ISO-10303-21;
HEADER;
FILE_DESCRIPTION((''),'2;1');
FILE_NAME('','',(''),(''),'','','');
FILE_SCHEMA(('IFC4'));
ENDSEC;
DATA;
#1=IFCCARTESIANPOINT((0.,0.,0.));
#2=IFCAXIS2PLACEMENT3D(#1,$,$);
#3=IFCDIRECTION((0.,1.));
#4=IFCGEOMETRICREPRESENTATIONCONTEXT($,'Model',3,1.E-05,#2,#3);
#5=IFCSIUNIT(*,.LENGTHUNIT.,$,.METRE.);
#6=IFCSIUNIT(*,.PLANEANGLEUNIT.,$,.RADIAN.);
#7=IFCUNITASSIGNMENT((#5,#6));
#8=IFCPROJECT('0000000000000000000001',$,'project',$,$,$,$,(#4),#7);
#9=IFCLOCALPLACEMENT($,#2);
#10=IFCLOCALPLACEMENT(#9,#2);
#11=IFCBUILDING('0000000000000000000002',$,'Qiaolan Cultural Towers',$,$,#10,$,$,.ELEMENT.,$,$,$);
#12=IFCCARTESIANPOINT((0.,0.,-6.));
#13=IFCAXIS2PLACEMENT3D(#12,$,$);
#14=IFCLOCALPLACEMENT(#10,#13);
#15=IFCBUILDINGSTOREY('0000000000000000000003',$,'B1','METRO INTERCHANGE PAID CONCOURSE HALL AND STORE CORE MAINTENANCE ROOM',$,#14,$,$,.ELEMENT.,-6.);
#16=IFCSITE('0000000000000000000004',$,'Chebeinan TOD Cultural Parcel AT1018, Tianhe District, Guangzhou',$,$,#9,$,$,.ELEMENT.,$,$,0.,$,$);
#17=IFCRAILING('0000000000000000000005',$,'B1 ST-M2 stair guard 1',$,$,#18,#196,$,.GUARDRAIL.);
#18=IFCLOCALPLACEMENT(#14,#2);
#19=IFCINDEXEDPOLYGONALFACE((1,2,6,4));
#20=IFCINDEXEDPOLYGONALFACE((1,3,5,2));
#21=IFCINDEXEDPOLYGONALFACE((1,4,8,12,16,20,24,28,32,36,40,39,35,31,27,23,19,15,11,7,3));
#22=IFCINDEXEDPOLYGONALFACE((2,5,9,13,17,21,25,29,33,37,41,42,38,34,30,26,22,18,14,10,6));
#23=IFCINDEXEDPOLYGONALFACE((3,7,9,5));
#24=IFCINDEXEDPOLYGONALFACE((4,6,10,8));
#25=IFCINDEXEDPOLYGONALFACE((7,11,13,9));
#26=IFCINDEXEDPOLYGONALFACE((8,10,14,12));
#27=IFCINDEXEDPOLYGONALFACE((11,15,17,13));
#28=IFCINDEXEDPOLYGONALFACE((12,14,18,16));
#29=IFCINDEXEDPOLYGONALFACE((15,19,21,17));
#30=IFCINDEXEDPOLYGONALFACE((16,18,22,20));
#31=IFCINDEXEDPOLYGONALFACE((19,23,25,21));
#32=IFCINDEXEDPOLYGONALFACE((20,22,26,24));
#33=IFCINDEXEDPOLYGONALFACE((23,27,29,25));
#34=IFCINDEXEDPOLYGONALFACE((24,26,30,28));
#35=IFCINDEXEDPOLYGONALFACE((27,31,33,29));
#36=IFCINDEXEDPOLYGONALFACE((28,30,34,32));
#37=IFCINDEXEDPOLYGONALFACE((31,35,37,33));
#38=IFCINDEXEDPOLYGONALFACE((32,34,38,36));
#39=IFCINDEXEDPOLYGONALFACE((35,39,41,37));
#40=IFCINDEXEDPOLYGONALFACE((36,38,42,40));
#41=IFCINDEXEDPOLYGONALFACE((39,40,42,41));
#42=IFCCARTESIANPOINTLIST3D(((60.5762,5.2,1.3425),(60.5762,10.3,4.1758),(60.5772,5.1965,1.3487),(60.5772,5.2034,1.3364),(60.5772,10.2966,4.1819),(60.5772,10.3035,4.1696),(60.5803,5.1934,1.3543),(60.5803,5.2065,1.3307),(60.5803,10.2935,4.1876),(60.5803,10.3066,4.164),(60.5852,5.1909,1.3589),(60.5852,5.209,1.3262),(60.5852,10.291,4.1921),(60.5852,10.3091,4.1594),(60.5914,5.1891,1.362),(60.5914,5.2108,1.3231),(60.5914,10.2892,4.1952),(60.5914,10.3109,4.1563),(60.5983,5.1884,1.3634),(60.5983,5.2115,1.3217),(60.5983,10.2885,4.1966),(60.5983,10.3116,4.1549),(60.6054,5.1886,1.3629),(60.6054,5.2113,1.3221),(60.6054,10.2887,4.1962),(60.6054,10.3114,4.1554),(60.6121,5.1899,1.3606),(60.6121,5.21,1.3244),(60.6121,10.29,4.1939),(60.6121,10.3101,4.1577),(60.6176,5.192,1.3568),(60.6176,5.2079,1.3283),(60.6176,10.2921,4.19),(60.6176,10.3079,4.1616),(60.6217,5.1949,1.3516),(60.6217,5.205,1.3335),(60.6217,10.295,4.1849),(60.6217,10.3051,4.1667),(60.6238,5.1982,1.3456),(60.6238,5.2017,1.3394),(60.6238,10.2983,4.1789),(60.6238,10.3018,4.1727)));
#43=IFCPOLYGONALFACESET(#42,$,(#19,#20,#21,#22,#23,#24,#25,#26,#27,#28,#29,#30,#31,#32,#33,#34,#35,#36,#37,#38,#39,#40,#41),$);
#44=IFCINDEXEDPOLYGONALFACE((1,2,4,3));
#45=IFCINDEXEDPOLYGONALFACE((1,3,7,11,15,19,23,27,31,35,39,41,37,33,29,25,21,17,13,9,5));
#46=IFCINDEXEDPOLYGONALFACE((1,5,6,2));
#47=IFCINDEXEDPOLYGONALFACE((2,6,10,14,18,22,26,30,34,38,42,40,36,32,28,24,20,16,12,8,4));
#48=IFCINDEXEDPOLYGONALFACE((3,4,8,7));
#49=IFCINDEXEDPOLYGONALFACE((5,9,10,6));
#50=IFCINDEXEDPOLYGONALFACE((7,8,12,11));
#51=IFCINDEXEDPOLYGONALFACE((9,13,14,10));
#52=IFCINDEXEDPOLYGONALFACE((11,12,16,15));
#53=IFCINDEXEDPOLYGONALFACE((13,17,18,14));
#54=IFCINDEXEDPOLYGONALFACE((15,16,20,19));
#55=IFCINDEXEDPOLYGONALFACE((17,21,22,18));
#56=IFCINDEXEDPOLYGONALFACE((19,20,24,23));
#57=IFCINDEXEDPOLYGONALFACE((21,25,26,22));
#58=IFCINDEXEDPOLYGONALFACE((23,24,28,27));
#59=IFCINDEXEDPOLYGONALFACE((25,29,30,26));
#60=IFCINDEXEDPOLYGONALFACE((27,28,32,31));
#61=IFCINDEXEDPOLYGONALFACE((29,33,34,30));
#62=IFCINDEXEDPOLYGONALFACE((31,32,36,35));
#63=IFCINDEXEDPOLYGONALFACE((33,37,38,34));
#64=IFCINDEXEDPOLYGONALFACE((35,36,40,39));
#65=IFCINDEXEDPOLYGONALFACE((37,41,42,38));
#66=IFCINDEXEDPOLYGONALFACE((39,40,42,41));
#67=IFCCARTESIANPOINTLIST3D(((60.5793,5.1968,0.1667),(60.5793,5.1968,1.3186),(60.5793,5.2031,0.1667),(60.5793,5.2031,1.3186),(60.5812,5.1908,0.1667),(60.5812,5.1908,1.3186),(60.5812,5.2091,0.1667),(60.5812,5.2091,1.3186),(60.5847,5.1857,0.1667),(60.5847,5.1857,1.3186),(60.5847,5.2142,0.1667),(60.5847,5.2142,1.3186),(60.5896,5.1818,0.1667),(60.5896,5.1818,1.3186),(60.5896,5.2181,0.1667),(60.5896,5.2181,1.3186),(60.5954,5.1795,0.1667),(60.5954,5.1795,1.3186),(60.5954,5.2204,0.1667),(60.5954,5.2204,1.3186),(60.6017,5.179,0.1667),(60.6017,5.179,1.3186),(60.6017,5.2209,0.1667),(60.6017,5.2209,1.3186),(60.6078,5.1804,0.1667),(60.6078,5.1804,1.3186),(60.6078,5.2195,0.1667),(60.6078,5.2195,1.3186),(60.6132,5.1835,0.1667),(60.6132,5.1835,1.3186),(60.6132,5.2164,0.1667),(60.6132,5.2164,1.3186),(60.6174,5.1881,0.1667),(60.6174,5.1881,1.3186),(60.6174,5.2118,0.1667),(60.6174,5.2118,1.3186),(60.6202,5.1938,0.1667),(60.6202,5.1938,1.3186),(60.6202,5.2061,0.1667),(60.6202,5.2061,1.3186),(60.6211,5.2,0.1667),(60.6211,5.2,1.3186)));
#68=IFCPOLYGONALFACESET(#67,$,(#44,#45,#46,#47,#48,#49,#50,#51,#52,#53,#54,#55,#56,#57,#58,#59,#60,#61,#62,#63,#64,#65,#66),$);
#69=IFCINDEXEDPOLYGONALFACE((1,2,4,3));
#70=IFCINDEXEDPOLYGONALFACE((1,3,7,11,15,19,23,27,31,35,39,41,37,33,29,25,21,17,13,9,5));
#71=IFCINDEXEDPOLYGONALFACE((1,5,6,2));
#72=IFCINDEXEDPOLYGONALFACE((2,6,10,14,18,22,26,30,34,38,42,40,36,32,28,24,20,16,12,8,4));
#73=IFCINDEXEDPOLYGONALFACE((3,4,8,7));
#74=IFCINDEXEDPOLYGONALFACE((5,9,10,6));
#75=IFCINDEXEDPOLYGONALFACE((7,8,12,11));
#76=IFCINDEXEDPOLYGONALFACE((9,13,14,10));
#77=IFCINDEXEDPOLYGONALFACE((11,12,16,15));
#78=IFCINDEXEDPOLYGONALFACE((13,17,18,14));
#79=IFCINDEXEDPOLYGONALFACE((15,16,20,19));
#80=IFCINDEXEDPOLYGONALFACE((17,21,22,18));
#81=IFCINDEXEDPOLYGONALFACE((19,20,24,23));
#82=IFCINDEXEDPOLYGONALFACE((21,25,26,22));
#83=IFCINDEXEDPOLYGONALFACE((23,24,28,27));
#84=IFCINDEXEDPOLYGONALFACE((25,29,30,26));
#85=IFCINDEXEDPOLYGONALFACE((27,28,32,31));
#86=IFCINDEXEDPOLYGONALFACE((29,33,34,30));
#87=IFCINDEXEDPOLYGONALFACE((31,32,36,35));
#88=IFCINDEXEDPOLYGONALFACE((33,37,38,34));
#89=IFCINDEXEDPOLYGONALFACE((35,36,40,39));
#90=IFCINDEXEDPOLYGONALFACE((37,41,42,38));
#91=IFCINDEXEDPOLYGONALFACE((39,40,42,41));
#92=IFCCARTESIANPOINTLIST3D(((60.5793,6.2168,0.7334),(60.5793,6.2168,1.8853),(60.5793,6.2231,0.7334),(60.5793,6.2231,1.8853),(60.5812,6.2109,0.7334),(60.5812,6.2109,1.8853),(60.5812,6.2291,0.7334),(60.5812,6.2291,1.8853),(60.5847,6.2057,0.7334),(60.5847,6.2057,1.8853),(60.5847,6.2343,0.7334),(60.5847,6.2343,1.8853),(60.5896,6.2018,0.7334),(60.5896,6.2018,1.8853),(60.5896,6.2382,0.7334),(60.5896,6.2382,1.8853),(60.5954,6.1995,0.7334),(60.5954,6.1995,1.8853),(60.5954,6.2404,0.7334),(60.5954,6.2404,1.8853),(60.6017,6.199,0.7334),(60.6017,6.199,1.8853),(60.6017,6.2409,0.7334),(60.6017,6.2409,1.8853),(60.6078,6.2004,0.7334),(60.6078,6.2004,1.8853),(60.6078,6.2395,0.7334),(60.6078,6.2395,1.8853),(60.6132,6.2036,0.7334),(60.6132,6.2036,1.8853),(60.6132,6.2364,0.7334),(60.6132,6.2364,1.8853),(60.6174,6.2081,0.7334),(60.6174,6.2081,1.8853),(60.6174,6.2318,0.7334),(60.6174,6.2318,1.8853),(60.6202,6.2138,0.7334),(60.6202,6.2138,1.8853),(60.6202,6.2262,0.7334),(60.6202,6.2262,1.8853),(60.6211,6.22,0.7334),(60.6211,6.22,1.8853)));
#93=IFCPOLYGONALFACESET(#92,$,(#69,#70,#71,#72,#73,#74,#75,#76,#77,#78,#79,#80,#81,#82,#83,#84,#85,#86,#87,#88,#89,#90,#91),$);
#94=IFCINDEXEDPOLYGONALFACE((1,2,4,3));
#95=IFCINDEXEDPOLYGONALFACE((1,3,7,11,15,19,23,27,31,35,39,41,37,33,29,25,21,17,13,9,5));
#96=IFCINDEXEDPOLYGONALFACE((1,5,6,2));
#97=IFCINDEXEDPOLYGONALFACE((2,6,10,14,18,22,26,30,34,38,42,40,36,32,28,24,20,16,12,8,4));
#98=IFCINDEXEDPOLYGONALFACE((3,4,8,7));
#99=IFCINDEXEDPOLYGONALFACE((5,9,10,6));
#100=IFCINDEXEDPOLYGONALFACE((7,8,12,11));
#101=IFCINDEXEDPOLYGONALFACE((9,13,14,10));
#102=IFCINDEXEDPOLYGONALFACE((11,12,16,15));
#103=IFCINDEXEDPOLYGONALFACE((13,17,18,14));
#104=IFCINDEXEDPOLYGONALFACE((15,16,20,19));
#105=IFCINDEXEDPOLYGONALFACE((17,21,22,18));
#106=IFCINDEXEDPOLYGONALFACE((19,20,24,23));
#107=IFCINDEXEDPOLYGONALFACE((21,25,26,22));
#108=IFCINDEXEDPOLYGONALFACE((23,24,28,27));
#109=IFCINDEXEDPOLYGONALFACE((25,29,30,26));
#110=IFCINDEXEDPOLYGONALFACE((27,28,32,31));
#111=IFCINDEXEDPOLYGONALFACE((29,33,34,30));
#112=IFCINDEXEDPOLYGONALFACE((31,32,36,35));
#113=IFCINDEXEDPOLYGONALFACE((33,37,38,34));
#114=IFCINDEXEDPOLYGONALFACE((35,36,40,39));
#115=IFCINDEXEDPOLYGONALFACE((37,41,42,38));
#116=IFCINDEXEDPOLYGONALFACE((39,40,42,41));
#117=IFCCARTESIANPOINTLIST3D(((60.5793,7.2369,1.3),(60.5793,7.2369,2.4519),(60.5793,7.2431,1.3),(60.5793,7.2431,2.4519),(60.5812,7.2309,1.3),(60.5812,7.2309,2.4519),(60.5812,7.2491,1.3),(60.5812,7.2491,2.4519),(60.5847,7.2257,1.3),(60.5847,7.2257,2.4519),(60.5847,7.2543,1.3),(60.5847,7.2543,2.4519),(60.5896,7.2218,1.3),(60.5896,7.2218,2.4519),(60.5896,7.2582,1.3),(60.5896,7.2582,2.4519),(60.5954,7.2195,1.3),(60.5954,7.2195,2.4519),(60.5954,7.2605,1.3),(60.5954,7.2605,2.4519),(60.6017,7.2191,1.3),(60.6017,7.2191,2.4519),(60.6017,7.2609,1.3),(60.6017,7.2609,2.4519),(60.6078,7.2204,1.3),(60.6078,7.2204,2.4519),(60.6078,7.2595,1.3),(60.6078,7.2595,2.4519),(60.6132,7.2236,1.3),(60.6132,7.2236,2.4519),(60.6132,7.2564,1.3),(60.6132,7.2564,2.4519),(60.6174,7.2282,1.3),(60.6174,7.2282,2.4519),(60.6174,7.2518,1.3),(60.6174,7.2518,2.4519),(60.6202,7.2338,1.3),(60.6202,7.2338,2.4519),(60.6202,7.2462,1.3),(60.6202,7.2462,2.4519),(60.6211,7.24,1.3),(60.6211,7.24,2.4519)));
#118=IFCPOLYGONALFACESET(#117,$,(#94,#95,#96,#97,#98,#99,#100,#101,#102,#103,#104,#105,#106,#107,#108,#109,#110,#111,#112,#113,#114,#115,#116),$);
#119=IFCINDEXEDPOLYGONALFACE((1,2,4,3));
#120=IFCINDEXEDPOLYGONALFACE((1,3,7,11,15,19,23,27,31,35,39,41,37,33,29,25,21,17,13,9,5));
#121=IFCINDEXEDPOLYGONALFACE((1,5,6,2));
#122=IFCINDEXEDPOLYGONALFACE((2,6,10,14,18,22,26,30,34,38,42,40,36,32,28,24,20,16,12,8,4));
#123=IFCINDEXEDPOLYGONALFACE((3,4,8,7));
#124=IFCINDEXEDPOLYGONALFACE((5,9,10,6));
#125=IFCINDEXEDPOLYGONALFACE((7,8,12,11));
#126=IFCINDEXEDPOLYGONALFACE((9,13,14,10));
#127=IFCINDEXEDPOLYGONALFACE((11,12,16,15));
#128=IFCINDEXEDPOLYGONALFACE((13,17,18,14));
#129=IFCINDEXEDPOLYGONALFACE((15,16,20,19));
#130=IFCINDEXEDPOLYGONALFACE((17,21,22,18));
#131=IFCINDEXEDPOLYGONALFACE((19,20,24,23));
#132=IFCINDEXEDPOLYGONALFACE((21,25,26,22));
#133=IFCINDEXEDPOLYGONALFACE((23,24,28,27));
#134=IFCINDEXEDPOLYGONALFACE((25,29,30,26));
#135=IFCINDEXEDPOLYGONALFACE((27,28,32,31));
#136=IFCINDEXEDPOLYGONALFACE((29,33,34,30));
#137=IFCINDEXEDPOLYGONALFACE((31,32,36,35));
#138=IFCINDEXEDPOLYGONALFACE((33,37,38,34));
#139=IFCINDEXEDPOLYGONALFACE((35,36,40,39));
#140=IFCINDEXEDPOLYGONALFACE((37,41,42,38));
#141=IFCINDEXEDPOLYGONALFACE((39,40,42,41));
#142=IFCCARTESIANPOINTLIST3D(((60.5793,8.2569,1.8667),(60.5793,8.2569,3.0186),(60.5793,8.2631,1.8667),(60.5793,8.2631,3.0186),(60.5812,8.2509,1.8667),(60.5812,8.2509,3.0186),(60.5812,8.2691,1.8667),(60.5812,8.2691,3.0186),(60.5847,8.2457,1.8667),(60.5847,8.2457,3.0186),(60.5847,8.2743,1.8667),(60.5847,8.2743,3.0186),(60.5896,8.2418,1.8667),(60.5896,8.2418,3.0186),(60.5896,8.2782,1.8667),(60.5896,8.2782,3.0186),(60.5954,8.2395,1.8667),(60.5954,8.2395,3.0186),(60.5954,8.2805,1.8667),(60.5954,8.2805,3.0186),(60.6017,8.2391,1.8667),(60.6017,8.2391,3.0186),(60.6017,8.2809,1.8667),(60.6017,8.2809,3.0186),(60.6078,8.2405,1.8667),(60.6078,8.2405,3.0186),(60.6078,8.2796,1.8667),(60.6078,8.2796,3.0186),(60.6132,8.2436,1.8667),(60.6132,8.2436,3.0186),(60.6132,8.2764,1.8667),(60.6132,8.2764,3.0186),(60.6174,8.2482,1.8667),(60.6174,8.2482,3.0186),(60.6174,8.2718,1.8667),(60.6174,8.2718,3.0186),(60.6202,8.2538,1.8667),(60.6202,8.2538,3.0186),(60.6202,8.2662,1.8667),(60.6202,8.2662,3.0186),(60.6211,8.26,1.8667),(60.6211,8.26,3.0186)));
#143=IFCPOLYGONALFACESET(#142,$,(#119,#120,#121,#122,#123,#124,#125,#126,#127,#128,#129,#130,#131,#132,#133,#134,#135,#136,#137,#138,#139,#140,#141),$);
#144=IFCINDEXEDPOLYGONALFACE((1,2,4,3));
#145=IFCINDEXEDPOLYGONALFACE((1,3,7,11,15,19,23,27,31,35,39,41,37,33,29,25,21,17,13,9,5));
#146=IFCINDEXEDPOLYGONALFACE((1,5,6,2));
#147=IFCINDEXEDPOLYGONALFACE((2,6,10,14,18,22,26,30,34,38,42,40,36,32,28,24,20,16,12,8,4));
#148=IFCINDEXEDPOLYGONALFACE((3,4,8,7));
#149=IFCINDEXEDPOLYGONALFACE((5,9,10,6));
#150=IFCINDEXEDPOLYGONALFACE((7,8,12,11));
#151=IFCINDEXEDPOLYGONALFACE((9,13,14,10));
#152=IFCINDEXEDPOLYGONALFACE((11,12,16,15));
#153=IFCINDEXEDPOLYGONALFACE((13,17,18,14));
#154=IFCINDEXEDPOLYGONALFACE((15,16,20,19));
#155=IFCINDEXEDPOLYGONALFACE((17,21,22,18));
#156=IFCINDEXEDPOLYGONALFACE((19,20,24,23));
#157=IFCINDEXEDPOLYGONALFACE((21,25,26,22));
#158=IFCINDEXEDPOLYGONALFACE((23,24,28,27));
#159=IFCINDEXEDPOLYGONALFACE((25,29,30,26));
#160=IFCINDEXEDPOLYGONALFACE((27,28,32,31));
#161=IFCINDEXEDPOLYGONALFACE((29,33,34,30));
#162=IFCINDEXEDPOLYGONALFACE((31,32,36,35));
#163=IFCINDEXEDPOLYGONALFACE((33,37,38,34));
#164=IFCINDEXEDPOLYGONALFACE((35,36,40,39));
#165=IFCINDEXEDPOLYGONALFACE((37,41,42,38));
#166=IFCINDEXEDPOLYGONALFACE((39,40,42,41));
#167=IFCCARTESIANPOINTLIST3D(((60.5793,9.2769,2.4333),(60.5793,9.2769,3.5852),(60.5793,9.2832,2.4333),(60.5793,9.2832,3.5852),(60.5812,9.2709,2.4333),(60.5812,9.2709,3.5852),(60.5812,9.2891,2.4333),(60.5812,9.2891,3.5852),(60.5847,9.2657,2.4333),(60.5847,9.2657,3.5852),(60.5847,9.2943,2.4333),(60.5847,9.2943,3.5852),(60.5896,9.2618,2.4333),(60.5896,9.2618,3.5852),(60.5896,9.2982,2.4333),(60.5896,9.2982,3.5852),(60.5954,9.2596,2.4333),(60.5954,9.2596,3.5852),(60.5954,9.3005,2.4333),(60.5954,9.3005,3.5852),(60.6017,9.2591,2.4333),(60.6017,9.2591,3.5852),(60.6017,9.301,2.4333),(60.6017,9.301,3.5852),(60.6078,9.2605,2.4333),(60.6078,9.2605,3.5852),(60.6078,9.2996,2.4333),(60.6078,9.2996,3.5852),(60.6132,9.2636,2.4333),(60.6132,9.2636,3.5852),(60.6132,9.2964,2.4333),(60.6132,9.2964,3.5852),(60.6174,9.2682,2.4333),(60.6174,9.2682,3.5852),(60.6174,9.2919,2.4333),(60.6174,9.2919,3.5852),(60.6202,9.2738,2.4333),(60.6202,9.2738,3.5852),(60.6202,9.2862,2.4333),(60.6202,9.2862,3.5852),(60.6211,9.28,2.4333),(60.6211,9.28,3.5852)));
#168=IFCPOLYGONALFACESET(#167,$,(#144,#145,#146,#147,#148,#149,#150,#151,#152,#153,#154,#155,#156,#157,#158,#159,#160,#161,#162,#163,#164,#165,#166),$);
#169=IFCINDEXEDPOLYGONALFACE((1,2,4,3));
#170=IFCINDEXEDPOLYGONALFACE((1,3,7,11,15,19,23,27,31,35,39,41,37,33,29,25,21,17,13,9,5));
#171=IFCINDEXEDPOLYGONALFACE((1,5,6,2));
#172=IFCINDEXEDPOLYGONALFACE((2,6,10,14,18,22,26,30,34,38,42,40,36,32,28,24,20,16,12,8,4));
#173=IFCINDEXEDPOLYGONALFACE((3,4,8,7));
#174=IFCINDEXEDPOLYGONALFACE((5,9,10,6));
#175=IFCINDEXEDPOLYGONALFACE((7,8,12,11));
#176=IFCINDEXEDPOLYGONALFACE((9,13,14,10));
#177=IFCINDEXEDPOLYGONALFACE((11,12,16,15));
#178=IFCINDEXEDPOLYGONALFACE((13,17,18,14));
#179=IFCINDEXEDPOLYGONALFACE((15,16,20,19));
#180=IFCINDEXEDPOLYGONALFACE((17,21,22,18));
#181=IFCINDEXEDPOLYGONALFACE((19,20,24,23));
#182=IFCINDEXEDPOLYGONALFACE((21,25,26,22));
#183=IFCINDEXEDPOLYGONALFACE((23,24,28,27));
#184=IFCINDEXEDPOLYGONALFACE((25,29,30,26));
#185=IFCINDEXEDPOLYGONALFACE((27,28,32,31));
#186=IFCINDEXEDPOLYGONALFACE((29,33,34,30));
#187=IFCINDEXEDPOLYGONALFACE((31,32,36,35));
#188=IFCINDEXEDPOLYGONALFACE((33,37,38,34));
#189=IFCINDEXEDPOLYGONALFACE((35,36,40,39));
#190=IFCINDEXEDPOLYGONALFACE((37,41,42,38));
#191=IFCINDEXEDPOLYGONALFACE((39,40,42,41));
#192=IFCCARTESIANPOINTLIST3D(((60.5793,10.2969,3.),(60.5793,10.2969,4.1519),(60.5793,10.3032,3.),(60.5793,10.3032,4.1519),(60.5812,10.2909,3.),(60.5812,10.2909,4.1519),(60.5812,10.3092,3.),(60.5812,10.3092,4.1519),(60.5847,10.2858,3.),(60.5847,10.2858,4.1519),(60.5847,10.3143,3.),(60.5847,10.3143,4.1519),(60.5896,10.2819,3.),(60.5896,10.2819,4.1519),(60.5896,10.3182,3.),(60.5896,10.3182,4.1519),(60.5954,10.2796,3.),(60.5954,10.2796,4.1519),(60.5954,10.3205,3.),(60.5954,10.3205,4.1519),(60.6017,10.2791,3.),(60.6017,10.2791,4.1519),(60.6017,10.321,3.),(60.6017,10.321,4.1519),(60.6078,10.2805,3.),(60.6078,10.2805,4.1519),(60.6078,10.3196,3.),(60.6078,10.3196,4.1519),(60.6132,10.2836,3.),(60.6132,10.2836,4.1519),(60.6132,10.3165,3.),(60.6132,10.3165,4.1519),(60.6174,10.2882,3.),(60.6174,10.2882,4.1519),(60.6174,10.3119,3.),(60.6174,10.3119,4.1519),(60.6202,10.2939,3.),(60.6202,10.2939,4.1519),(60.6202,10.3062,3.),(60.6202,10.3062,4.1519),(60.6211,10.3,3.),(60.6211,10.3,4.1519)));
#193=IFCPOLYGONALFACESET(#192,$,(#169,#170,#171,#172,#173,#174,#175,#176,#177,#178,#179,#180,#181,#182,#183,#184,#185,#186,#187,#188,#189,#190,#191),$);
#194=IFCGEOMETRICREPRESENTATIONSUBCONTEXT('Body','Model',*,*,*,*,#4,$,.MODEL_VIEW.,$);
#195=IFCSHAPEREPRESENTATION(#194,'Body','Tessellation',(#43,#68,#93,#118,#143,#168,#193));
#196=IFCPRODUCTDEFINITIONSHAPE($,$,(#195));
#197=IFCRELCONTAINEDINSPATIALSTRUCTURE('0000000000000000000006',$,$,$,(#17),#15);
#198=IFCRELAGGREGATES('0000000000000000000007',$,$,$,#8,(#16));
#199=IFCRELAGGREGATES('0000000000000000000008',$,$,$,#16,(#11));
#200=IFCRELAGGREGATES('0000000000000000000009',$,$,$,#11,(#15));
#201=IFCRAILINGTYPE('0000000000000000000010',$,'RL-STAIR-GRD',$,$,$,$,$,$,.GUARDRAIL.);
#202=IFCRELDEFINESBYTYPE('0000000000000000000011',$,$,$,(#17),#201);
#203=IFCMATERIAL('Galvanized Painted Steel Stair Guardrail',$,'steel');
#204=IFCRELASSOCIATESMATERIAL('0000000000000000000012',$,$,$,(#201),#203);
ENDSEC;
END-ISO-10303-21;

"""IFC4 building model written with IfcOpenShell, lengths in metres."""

from ifc_helpers import new_model, si_unit, direction, frame, origin, origin_2d, place, context, subcontext, project, spatial, circle, extrude, material, type_object, element, save


model = new_model("IFC4")

# Units and contexts
model_context = context("Model", 3, precision=1e-05, world=origin(), true_north=direction((0.0, 1.0)))
body_context = subcontext(model_context, "Body", "Model", "MODEL_VIEW")
ifc_project = project(units=[si_unit("LENGTHUNIT", "METRE"), si_unit("PLANEANGLEUNIT", "RADIAN")], contexts=[model_context])

# Site, building, storey
site_placement = place(None, origin())
site = spatial("IfcSite", under=ifc_project, at=site_placement, Name="Chebeinan TOD Cultural Parcel AT1018, Tianhe District, Guangzhou", CompositionType="ELEMENT", RefElevation=0.0)
building_placement = place(site_placement, origin())
building = spatial("IfcBuilding", under=site, at=building_placement, Name="Qiaolan Cultural Towers", CompositionType="ELEMENT")
storey_placement = place(building_placement, frame((0.0, 0.0, -6.0)))
storey = spatial("IfcBuildingStorey", under=building, at=storey_placement, Name="B1", Description="METRO INTERCHANGE PAID CONCOURSE HALL AND STORE CORE MAINTENANCE ROOM", CompositionType="ELEMENT", Elevation=-6.0)

# Railing
ifc_material_1 = material(Name="Galvanized Painted Steel Stair Guardrail", Category="steel")
railing_type_1 = type_object("IfcRailingType", Name="RL-STAIR-GRD", PredefinedType="GUARDRAIL", material=ifc_material_1)
railing_1_placement = place(storey_placement, frame((60.6001, 5.2, 0.1667)))
element("IfcRailing", 1, at=railing_1_placement, inside=storey, type_object=railing_type_1, Name="B1 ST-M2 stair guard 1", PredefinedType="GUARDRAIL", context=body_context, shape_type="SweptSolid", body=[
    extrude(circle(Radius=0.0239, at=origin_2d()), frame((0.0, 0.0, 1.1758), z_axis=(0.0, 0.874167, 0.485625), x_axis=(-1.0, 0.0, 0.0)), (0.0, 0.0, 1.0), 5.8342),
    extrude(circle(Radius=0.021, at=origin_2d()), origin(), (0.0, 0.0, 1.0), 1.1519),
    extrude(circle(Radius=0.021, at=origin_2d()), frame((0.0, 1.02, 0.5667)), (0.0, 0.0, 1.0), 1.1519),
    extrude(circle(Radius=0.021, at=origin_2d()), frame((0.0, 2.04, 1.1333)), (0.0, 0.0, 1.0), 1.1519),
    extrude(circle(Radius=0.021, at=origin_2d()), frame((0.0, 3.0601, 1.7)), (0.0, 0.0, 1.0), 1.1519),
    extrude(circle(Radius=0.021, at=origin_2d()), frame((0.0, 4.0801, 2.2666)), (0.0, 0.0, 1.0), 1.1519),
    extrude(circle(Radius=0.021, at=origin_2d()), frame((0.0, 5.1001, 2.8333)), (0.0, 0.0, 1.0), 1.1519),
])

save(model, "model.ifc")
